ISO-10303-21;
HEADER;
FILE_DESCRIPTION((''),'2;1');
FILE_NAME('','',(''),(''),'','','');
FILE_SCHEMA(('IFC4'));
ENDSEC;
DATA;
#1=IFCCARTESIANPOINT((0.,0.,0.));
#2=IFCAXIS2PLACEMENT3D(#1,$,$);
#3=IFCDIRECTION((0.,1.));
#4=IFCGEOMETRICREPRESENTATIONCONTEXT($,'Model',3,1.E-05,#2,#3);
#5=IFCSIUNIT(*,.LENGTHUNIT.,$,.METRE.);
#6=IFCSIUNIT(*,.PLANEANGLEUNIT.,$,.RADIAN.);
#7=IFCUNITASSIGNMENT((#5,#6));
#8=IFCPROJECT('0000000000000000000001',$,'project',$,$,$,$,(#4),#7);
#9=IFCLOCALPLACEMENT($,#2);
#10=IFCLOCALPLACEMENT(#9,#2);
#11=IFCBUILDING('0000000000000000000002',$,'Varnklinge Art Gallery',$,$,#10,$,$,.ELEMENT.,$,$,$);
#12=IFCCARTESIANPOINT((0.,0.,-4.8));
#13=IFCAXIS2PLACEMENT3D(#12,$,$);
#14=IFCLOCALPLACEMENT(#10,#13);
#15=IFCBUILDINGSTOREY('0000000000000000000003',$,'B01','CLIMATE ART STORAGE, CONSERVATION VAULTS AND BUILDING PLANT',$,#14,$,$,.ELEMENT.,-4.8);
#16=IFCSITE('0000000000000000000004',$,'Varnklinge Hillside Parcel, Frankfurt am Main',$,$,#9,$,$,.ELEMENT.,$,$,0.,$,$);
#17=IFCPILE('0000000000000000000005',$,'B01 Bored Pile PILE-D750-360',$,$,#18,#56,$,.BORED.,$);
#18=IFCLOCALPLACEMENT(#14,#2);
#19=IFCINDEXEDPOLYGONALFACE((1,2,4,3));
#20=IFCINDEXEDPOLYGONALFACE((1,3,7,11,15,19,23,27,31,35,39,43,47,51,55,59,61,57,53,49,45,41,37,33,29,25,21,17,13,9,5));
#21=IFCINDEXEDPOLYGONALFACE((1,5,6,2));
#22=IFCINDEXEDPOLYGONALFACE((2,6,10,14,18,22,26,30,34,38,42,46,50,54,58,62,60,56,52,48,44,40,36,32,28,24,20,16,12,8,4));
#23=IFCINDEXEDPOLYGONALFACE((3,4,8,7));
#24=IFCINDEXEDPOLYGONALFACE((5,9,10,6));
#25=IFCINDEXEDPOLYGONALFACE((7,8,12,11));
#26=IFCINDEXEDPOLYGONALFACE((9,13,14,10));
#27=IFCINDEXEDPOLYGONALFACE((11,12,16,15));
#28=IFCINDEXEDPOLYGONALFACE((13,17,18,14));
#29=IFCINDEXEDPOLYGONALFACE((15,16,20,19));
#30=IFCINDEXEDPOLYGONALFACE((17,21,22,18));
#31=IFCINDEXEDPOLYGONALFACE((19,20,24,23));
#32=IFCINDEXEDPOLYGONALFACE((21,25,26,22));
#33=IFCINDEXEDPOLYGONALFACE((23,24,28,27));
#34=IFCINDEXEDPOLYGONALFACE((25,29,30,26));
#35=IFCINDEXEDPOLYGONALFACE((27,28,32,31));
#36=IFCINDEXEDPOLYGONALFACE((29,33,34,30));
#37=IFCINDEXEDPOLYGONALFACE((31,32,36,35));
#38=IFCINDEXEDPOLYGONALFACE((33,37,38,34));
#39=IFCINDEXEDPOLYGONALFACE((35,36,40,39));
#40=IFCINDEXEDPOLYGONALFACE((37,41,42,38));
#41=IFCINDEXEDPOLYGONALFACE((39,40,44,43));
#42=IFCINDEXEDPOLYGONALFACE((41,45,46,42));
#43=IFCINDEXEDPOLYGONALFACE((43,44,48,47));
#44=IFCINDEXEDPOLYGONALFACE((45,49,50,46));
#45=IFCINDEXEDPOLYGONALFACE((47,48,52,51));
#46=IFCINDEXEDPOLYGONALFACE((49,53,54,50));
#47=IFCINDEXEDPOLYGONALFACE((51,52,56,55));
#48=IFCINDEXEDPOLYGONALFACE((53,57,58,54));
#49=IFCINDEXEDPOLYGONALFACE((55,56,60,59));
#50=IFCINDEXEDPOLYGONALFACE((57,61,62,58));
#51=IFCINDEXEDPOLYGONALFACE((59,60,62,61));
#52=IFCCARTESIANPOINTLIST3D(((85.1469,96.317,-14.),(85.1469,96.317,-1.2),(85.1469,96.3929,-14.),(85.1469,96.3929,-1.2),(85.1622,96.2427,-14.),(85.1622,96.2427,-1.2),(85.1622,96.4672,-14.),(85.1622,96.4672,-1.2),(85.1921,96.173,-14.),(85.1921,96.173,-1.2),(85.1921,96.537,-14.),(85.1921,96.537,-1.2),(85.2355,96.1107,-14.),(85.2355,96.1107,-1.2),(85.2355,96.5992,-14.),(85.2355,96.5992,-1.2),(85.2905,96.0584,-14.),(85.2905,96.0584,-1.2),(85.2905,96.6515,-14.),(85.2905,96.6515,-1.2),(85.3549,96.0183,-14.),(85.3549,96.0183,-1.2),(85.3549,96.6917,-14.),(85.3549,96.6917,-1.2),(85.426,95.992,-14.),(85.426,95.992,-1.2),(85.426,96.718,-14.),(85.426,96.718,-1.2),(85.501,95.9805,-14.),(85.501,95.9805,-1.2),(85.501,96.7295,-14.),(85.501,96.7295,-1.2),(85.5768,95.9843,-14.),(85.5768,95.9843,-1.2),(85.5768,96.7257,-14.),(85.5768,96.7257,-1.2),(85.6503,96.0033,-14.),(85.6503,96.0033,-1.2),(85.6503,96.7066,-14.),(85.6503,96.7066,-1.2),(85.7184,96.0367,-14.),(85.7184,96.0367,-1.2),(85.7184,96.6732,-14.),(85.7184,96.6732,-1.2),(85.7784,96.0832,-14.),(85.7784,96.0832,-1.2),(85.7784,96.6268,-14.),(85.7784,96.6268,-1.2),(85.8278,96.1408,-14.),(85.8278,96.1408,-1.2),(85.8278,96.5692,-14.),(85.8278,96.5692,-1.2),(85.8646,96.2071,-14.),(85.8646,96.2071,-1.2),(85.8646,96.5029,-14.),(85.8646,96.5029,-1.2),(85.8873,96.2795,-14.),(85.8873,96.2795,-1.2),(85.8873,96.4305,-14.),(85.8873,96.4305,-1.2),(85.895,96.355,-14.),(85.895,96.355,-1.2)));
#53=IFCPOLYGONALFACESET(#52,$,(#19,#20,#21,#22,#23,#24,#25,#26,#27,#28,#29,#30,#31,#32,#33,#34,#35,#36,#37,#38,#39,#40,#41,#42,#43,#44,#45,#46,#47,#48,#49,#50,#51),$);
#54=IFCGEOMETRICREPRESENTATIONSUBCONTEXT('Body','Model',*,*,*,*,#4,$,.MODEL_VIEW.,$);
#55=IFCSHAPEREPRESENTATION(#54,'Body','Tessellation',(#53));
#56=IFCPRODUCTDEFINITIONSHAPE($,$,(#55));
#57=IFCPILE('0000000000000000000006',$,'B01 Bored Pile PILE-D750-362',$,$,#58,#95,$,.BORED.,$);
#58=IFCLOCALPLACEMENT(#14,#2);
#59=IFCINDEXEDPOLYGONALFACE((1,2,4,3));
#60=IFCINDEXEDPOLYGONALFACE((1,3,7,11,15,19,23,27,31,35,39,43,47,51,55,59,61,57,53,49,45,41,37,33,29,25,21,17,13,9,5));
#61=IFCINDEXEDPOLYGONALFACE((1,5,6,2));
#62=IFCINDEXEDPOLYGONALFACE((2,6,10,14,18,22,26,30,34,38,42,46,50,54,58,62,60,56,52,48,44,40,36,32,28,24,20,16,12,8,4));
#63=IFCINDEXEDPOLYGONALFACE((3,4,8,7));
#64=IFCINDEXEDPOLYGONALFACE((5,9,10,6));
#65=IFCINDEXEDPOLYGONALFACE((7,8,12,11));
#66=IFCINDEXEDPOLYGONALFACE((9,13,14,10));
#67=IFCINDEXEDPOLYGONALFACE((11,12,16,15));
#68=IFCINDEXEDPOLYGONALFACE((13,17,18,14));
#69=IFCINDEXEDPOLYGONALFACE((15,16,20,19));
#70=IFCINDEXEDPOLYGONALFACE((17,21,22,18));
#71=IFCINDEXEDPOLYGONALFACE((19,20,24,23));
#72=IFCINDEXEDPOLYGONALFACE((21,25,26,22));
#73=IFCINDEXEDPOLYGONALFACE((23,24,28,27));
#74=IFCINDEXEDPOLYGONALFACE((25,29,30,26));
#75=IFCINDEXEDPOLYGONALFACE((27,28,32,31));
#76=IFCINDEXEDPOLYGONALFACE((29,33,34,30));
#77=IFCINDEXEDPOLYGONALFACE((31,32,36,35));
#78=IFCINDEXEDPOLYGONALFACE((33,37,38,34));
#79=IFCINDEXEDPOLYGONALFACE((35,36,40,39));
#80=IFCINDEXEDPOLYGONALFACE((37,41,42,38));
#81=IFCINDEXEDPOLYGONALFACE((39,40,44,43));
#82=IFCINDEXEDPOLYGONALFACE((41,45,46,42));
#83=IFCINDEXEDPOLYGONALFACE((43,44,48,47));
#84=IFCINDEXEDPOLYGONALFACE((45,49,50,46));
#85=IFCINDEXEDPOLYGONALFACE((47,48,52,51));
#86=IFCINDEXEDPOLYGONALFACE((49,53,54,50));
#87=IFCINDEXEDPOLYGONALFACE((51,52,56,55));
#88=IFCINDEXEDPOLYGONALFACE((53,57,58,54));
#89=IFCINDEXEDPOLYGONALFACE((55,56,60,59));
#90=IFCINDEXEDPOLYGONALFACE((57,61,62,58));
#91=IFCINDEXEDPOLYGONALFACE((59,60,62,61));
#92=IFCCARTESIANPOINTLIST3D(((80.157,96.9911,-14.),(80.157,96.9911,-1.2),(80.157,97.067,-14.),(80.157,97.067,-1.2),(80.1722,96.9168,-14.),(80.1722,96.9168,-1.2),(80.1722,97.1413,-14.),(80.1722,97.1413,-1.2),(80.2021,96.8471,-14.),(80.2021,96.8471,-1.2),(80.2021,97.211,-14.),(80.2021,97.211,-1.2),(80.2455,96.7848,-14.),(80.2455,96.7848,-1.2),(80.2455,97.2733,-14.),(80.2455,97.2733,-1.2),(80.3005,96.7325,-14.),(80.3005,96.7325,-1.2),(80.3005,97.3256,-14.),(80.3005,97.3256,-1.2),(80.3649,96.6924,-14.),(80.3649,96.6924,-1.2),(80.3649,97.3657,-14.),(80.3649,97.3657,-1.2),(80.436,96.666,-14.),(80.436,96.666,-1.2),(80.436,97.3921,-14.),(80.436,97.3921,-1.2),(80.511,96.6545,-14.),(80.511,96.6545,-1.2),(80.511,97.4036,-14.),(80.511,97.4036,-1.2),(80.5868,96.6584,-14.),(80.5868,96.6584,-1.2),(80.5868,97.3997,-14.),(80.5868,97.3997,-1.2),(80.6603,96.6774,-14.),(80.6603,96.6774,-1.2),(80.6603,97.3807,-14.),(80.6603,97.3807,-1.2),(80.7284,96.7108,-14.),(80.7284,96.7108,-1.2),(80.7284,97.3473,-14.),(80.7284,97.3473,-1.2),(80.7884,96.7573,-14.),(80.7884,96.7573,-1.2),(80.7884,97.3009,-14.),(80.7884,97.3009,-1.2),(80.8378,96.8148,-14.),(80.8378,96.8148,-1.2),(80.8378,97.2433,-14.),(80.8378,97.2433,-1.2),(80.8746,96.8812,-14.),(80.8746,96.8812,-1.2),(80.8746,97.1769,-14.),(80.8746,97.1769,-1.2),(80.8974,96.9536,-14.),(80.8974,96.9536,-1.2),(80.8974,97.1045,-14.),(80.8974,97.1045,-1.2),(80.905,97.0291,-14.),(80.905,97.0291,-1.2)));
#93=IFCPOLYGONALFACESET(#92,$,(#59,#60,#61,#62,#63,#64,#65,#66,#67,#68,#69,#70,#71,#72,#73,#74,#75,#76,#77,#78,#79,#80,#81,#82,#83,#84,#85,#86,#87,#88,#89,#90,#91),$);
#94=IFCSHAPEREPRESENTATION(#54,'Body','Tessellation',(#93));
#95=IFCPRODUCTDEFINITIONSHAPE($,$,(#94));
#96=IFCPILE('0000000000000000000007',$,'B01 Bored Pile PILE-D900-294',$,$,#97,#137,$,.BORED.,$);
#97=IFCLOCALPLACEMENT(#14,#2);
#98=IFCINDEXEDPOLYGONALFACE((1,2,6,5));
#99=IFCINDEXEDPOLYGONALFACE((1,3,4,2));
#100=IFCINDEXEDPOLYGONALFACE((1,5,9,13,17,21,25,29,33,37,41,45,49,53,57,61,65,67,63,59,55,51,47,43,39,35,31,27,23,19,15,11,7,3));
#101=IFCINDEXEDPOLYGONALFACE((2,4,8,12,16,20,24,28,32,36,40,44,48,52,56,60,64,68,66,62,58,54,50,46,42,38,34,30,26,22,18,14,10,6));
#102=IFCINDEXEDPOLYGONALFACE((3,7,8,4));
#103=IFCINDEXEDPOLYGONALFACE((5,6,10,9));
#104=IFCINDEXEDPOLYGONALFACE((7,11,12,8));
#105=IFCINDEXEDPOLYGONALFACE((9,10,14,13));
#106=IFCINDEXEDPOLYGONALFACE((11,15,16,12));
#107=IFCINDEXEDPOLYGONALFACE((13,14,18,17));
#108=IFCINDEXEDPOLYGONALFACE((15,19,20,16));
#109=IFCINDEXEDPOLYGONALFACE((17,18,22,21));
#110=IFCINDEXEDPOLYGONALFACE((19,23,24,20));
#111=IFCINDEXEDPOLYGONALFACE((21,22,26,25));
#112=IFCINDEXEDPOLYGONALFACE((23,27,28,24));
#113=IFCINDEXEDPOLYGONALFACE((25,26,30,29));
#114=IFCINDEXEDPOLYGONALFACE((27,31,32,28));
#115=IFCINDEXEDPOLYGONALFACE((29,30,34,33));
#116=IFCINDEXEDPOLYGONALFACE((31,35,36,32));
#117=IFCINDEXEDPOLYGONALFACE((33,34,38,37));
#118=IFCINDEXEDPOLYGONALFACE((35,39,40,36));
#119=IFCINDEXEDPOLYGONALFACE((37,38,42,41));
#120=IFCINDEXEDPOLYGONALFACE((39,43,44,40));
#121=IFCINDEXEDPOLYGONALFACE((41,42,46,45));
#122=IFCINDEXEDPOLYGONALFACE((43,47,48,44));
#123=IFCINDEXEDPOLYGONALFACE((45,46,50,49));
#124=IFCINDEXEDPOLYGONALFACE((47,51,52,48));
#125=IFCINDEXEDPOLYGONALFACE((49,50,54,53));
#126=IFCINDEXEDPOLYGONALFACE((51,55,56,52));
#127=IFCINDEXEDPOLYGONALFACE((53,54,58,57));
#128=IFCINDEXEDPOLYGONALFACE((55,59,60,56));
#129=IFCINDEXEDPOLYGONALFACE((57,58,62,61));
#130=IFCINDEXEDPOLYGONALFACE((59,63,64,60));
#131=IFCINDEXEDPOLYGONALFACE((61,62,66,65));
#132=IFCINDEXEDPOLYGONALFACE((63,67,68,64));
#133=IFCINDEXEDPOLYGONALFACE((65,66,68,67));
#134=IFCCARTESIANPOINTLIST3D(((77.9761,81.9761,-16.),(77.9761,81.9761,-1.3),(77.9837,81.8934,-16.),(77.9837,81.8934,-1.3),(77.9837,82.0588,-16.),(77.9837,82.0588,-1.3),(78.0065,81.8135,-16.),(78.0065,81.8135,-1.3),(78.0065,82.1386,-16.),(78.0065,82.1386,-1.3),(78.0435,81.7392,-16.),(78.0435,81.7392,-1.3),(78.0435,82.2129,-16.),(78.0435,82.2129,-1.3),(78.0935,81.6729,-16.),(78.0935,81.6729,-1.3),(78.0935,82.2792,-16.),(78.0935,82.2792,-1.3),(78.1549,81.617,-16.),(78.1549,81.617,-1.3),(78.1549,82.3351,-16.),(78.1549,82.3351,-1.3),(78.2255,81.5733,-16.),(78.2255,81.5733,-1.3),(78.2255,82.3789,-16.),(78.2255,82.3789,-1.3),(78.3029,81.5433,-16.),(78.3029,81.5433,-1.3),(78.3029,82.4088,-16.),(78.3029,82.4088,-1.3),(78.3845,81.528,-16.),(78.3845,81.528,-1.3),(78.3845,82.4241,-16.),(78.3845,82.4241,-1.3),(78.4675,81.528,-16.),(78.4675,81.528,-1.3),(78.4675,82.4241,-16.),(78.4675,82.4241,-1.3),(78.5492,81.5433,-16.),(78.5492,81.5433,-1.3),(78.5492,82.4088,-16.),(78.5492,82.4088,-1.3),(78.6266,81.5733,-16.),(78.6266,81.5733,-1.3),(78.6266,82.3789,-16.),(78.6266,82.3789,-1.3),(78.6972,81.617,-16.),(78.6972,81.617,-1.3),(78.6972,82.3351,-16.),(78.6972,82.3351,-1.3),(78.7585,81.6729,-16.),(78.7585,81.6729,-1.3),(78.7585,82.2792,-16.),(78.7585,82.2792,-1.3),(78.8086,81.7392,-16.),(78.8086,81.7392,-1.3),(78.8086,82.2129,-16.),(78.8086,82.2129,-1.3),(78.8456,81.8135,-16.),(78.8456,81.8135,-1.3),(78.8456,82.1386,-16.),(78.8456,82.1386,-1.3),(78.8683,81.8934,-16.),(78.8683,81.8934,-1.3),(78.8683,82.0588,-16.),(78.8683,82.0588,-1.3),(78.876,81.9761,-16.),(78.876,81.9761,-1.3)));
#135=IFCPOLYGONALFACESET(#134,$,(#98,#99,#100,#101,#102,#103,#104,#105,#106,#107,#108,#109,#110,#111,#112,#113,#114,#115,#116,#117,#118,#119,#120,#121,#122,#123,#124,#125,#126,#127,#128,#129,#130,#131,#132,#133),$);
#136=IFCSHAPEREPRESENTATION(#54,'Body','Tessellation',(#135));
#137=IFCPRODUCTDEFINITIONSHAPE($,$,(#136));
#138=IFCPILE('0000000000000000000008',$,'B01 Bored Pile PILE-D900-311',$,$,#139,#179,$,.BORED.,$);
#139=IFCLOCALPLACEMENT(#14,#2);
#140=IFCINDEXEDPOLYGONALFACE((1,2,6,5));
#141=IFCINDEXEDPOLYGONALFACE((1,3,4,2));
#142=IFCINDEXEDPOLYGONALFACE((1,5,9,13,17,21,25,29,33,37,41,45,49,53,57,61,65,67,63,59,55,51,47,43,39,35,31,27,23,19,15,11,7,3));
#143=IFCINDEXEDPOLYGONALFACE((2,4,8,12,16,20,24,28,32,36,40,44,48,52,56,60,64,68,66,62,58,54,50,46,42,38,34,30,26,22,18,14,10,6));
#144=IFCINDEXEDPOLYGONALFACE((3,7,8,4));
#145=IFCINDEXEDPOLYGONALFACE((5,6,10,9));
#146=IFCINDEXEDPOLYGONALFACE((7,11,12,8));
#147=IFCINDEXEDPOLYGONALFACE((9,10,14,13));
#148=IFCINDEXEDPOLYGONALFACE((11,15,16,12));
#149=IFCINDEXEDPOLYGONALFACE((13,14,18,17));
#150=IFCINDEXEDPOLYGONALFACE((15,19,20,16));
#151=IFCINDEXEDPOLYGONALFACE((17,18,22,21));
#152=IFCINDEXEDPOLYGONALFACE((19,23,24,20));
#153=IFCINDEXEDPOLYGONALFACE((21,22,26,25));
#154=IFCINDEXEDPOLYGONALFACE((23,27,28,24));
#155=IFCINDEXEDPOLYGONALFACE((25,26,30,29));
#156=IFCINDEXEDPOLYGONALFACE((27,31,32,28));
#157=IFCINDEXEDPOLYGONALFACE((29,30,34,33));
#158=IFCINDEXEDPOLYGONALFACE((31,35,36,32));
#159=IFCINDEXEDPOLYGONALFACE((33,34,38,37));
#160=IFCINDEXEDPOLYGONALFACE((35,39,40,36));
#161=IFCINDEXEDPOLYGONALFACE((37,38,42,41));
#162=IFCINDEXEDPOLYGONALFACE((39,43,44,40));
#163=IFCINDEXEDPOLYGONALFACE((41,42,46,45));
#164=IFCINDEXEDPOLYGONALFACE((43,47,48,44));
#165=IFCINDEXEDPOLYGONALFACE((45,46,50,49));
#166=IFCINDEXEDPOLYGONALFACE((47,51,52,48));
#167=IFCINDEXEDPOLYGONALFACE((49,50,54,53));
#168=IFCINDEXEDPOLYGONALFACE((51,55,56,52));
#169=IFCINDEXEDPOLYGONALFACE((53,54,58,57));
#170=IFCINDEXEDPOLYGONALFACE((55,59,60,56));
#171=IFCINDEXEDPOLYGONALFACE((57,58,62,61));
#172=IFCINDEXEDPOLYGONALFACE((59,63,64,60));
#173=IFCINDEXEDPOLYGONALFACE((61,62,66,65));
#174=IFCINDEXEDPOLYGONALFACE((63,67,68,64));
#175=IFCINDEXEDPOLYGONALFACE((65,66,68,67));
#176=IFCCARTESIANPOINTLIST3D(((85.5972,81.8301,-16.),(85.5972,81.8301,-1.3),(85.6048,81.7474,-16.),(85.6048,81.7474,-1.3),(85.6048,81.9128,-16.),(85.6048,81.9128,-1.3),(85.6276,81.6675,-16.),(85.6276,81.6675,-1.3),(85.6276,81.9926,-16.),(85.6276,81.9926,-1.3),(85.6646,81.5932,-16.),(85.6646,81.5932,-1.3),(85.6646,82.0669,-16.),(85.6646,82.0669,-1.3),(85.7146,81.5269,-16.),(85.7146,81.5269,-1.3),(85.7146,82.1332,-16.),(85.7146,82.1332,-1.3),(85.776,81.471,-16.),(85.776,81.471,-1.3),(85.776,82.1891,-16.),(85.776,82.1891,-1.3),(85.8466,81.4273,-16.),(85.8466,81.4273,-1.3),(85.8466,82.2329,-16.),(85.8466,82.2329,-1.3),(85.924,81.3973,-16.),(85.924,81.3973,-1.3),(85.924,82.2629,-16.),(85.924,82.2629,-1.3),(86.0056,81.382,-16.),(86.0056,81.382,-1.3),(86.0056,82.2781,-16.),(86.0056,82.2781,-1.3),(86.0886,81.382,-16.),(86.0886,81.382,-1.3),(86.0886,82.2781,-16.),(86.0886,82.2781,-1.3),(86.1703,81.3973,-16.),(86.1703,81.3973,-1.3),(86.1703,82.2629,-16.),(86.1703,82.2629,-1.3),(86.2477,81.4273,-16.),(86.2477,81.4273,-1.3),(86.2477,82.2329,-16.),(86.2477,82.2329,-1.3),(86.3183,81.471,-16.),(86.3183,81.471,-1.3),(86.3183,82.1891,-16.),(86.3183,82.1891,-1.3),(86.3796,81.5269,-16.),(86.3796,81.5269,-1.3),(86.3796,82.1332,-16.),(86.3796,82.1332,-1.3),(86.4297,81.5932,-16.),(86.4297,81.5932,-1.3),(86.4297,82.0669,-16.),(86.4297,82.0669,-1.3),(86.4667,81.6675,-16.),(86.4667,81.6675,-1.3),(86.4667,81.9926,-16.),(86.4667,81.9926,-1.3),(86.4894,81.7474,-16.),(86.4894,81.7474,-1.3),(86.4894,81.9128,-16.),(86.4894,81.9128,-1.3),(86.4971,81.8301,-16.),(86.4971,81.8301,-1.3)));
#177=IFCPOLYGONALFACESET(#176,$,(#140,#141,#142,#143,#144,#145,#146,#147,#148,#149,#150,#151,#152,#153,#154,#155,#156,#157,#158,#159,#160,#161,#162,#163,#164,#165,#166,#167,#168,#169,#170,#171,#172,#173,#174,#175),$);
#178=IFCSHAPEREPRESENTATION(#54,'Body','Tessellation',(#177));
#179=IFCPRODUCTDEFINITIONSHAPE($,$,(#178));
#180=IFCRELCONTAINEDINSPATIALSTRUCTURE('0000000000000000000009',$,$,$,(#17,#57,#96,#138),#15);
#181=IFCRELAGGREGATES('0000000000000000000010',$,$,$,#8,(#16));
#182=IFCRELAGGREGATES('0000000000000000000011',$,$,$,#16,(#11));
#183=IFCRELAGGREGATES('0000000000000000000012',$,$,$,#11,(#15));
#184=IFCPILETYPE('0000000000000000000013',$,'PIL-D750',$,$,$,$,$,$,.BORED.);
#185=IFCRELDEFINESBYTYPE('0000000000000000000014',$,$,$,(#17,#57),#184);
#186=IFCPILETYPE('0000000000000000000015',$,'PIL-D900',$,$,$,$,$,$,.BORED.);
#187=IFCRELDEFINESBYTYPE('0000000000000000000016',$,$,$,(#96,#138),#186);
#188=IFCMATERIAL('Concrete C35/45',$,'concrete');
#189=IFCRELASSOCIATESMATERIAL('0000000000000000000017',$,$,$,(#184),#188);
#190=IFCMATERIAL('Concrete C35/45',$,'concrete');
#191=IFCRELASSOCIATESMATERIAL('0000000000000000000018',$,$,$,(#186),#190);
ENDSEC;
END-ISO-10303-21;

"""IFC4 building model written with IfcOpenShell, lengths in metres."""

from ifc_helpers import new_model, si_unit, direction, frame, origin, origin_2d, place, context, subcontext, project, spatial, circle, extrude, material, material_profile, profile_set, type_object, element, save


model = new_model("IFC4")

# Units and contexts
model_context = context("Model", 3, precision=1e-05, world=origin(), true_north=direction((0.0, 1.0)))
body_context = subcontext(model_context, "Body", "Model", "MODEL_VIEW")
ifc_project = project(units=[si_unit("LENGTHUNIT", "METRE"), si_unit("PLANEANGLEUNIT", "RADIAN")], contexts=[model_context])

# Site, building, storey
site_placement = place(None, origin())
site = spatial("IfcSite", under=ifc_project, at=site_placement, Name="Varnklinge Hillside Parcel, Frankfurt am Main", CompositionType="ELEMENT", RefElevation=0.0)
building_placement = place(site_placement, origin())
building = spatial("IfcBuilding", under=site, at=building_placement, Name="Varnklinge Art Gallery", CompositionType="ELEMENT")
storey_placement = place(building_placement, frame((0.0, 0.0, -4.8)))
storey = spatial("IfcBuildingStorey", under=building, at=storey_placement, Name="B01", Description="CLIMATE ART STORAGE, CONSERVATION VAULTS AND BUILDING PLANT", CompositionType="ELEMENT", Elevation=-4.8)

# Piles
ifc_material_1 = material(Name="Concrete C35/45", Category="concrete")
ifc_material_profile_1 = material_profile(ifc_material_1, circle(Radius=0.375, at=origin_2d()), Name="PILE D750")
ifc_profile_set_1 = profile_set([ifc_material_profile_1], Name="Concrete C35/45")
pile_type_1 = type_object("IfcPileType", Name="PIL-D750", PredefinedType="BORED", material=ifc_profile_set_1)
for number, where, z_axis, x_axis, name in (
    (1, (85.52, 96.355, -1.2), (0.0, 0.0, -1.0), (1.0, 0.0, 0.0), "B01 Bored Pile PILE-D750-360"),
    (2, (80.53, 97.0291, -1.2), (0.0, 0.0, -1.0), (1.0, 0.0, 0.0), "B01 Bored Pile PILE-D750-362"),
):
    element("IfcPile", number, at=place(storey_placement, frame(where, z_axis=z_axis, x_axis=x_axis)), inside=storey, type_object=pile_type_1, Name=name, PredefinedType="BORED", context=body_context, shape_type="SweptSolid", body=[
        extrude(circle(Radius=0.375, at=origin_2d()), origin(), (0.0, 0.0, 1.0), 12.8),
    ])
ifc_material_2 = material(Name="Concrete C35/45", Category="concrete")
ifc_material_profile_2 = material_profile(ifc_material_2, circle(Radius=0.45, at=origin_2d()), Name="PILE D900")
ifc_profile_set_2 = profile_set([ifc_material_profile_2], Name="Concrete C35/45")
pile_type_2 = type_object("IfcPileType", Name="PIL-D900", PredefinedType="BORED", material=ifc_profile_set_2)
for number, where, z_axis, x_axis, name in (
    (3, (78.426, 81.9761, -1.3), (0.0, 0.0, -1.0), (1.0, 0.0, 0.0), "B01 Bored Pile PILE-D900-294"),
    (4, (86.0471, 81.8301, -1.3), (0.0, 0.0, -1.0), (1.0, 0.0, 0.0), "B01 Bored Pile PILE-D900-311"),
):
    element("IfcPile", number, at=place(storey_placement, frame(where, z_axis=z_axis, x_axis=x_axis)), inside=storey, type_object=pile_type_2, Name=name, PredefinedType="BORED", context=body_context, shape_type="SweptSolid", body=[
        extrude(circle(Radius=0.45, at=origin_2d()), origin(), (0.0, 0.0, 1.0), 14.7),
    ])

save(model, "model.ifc")
